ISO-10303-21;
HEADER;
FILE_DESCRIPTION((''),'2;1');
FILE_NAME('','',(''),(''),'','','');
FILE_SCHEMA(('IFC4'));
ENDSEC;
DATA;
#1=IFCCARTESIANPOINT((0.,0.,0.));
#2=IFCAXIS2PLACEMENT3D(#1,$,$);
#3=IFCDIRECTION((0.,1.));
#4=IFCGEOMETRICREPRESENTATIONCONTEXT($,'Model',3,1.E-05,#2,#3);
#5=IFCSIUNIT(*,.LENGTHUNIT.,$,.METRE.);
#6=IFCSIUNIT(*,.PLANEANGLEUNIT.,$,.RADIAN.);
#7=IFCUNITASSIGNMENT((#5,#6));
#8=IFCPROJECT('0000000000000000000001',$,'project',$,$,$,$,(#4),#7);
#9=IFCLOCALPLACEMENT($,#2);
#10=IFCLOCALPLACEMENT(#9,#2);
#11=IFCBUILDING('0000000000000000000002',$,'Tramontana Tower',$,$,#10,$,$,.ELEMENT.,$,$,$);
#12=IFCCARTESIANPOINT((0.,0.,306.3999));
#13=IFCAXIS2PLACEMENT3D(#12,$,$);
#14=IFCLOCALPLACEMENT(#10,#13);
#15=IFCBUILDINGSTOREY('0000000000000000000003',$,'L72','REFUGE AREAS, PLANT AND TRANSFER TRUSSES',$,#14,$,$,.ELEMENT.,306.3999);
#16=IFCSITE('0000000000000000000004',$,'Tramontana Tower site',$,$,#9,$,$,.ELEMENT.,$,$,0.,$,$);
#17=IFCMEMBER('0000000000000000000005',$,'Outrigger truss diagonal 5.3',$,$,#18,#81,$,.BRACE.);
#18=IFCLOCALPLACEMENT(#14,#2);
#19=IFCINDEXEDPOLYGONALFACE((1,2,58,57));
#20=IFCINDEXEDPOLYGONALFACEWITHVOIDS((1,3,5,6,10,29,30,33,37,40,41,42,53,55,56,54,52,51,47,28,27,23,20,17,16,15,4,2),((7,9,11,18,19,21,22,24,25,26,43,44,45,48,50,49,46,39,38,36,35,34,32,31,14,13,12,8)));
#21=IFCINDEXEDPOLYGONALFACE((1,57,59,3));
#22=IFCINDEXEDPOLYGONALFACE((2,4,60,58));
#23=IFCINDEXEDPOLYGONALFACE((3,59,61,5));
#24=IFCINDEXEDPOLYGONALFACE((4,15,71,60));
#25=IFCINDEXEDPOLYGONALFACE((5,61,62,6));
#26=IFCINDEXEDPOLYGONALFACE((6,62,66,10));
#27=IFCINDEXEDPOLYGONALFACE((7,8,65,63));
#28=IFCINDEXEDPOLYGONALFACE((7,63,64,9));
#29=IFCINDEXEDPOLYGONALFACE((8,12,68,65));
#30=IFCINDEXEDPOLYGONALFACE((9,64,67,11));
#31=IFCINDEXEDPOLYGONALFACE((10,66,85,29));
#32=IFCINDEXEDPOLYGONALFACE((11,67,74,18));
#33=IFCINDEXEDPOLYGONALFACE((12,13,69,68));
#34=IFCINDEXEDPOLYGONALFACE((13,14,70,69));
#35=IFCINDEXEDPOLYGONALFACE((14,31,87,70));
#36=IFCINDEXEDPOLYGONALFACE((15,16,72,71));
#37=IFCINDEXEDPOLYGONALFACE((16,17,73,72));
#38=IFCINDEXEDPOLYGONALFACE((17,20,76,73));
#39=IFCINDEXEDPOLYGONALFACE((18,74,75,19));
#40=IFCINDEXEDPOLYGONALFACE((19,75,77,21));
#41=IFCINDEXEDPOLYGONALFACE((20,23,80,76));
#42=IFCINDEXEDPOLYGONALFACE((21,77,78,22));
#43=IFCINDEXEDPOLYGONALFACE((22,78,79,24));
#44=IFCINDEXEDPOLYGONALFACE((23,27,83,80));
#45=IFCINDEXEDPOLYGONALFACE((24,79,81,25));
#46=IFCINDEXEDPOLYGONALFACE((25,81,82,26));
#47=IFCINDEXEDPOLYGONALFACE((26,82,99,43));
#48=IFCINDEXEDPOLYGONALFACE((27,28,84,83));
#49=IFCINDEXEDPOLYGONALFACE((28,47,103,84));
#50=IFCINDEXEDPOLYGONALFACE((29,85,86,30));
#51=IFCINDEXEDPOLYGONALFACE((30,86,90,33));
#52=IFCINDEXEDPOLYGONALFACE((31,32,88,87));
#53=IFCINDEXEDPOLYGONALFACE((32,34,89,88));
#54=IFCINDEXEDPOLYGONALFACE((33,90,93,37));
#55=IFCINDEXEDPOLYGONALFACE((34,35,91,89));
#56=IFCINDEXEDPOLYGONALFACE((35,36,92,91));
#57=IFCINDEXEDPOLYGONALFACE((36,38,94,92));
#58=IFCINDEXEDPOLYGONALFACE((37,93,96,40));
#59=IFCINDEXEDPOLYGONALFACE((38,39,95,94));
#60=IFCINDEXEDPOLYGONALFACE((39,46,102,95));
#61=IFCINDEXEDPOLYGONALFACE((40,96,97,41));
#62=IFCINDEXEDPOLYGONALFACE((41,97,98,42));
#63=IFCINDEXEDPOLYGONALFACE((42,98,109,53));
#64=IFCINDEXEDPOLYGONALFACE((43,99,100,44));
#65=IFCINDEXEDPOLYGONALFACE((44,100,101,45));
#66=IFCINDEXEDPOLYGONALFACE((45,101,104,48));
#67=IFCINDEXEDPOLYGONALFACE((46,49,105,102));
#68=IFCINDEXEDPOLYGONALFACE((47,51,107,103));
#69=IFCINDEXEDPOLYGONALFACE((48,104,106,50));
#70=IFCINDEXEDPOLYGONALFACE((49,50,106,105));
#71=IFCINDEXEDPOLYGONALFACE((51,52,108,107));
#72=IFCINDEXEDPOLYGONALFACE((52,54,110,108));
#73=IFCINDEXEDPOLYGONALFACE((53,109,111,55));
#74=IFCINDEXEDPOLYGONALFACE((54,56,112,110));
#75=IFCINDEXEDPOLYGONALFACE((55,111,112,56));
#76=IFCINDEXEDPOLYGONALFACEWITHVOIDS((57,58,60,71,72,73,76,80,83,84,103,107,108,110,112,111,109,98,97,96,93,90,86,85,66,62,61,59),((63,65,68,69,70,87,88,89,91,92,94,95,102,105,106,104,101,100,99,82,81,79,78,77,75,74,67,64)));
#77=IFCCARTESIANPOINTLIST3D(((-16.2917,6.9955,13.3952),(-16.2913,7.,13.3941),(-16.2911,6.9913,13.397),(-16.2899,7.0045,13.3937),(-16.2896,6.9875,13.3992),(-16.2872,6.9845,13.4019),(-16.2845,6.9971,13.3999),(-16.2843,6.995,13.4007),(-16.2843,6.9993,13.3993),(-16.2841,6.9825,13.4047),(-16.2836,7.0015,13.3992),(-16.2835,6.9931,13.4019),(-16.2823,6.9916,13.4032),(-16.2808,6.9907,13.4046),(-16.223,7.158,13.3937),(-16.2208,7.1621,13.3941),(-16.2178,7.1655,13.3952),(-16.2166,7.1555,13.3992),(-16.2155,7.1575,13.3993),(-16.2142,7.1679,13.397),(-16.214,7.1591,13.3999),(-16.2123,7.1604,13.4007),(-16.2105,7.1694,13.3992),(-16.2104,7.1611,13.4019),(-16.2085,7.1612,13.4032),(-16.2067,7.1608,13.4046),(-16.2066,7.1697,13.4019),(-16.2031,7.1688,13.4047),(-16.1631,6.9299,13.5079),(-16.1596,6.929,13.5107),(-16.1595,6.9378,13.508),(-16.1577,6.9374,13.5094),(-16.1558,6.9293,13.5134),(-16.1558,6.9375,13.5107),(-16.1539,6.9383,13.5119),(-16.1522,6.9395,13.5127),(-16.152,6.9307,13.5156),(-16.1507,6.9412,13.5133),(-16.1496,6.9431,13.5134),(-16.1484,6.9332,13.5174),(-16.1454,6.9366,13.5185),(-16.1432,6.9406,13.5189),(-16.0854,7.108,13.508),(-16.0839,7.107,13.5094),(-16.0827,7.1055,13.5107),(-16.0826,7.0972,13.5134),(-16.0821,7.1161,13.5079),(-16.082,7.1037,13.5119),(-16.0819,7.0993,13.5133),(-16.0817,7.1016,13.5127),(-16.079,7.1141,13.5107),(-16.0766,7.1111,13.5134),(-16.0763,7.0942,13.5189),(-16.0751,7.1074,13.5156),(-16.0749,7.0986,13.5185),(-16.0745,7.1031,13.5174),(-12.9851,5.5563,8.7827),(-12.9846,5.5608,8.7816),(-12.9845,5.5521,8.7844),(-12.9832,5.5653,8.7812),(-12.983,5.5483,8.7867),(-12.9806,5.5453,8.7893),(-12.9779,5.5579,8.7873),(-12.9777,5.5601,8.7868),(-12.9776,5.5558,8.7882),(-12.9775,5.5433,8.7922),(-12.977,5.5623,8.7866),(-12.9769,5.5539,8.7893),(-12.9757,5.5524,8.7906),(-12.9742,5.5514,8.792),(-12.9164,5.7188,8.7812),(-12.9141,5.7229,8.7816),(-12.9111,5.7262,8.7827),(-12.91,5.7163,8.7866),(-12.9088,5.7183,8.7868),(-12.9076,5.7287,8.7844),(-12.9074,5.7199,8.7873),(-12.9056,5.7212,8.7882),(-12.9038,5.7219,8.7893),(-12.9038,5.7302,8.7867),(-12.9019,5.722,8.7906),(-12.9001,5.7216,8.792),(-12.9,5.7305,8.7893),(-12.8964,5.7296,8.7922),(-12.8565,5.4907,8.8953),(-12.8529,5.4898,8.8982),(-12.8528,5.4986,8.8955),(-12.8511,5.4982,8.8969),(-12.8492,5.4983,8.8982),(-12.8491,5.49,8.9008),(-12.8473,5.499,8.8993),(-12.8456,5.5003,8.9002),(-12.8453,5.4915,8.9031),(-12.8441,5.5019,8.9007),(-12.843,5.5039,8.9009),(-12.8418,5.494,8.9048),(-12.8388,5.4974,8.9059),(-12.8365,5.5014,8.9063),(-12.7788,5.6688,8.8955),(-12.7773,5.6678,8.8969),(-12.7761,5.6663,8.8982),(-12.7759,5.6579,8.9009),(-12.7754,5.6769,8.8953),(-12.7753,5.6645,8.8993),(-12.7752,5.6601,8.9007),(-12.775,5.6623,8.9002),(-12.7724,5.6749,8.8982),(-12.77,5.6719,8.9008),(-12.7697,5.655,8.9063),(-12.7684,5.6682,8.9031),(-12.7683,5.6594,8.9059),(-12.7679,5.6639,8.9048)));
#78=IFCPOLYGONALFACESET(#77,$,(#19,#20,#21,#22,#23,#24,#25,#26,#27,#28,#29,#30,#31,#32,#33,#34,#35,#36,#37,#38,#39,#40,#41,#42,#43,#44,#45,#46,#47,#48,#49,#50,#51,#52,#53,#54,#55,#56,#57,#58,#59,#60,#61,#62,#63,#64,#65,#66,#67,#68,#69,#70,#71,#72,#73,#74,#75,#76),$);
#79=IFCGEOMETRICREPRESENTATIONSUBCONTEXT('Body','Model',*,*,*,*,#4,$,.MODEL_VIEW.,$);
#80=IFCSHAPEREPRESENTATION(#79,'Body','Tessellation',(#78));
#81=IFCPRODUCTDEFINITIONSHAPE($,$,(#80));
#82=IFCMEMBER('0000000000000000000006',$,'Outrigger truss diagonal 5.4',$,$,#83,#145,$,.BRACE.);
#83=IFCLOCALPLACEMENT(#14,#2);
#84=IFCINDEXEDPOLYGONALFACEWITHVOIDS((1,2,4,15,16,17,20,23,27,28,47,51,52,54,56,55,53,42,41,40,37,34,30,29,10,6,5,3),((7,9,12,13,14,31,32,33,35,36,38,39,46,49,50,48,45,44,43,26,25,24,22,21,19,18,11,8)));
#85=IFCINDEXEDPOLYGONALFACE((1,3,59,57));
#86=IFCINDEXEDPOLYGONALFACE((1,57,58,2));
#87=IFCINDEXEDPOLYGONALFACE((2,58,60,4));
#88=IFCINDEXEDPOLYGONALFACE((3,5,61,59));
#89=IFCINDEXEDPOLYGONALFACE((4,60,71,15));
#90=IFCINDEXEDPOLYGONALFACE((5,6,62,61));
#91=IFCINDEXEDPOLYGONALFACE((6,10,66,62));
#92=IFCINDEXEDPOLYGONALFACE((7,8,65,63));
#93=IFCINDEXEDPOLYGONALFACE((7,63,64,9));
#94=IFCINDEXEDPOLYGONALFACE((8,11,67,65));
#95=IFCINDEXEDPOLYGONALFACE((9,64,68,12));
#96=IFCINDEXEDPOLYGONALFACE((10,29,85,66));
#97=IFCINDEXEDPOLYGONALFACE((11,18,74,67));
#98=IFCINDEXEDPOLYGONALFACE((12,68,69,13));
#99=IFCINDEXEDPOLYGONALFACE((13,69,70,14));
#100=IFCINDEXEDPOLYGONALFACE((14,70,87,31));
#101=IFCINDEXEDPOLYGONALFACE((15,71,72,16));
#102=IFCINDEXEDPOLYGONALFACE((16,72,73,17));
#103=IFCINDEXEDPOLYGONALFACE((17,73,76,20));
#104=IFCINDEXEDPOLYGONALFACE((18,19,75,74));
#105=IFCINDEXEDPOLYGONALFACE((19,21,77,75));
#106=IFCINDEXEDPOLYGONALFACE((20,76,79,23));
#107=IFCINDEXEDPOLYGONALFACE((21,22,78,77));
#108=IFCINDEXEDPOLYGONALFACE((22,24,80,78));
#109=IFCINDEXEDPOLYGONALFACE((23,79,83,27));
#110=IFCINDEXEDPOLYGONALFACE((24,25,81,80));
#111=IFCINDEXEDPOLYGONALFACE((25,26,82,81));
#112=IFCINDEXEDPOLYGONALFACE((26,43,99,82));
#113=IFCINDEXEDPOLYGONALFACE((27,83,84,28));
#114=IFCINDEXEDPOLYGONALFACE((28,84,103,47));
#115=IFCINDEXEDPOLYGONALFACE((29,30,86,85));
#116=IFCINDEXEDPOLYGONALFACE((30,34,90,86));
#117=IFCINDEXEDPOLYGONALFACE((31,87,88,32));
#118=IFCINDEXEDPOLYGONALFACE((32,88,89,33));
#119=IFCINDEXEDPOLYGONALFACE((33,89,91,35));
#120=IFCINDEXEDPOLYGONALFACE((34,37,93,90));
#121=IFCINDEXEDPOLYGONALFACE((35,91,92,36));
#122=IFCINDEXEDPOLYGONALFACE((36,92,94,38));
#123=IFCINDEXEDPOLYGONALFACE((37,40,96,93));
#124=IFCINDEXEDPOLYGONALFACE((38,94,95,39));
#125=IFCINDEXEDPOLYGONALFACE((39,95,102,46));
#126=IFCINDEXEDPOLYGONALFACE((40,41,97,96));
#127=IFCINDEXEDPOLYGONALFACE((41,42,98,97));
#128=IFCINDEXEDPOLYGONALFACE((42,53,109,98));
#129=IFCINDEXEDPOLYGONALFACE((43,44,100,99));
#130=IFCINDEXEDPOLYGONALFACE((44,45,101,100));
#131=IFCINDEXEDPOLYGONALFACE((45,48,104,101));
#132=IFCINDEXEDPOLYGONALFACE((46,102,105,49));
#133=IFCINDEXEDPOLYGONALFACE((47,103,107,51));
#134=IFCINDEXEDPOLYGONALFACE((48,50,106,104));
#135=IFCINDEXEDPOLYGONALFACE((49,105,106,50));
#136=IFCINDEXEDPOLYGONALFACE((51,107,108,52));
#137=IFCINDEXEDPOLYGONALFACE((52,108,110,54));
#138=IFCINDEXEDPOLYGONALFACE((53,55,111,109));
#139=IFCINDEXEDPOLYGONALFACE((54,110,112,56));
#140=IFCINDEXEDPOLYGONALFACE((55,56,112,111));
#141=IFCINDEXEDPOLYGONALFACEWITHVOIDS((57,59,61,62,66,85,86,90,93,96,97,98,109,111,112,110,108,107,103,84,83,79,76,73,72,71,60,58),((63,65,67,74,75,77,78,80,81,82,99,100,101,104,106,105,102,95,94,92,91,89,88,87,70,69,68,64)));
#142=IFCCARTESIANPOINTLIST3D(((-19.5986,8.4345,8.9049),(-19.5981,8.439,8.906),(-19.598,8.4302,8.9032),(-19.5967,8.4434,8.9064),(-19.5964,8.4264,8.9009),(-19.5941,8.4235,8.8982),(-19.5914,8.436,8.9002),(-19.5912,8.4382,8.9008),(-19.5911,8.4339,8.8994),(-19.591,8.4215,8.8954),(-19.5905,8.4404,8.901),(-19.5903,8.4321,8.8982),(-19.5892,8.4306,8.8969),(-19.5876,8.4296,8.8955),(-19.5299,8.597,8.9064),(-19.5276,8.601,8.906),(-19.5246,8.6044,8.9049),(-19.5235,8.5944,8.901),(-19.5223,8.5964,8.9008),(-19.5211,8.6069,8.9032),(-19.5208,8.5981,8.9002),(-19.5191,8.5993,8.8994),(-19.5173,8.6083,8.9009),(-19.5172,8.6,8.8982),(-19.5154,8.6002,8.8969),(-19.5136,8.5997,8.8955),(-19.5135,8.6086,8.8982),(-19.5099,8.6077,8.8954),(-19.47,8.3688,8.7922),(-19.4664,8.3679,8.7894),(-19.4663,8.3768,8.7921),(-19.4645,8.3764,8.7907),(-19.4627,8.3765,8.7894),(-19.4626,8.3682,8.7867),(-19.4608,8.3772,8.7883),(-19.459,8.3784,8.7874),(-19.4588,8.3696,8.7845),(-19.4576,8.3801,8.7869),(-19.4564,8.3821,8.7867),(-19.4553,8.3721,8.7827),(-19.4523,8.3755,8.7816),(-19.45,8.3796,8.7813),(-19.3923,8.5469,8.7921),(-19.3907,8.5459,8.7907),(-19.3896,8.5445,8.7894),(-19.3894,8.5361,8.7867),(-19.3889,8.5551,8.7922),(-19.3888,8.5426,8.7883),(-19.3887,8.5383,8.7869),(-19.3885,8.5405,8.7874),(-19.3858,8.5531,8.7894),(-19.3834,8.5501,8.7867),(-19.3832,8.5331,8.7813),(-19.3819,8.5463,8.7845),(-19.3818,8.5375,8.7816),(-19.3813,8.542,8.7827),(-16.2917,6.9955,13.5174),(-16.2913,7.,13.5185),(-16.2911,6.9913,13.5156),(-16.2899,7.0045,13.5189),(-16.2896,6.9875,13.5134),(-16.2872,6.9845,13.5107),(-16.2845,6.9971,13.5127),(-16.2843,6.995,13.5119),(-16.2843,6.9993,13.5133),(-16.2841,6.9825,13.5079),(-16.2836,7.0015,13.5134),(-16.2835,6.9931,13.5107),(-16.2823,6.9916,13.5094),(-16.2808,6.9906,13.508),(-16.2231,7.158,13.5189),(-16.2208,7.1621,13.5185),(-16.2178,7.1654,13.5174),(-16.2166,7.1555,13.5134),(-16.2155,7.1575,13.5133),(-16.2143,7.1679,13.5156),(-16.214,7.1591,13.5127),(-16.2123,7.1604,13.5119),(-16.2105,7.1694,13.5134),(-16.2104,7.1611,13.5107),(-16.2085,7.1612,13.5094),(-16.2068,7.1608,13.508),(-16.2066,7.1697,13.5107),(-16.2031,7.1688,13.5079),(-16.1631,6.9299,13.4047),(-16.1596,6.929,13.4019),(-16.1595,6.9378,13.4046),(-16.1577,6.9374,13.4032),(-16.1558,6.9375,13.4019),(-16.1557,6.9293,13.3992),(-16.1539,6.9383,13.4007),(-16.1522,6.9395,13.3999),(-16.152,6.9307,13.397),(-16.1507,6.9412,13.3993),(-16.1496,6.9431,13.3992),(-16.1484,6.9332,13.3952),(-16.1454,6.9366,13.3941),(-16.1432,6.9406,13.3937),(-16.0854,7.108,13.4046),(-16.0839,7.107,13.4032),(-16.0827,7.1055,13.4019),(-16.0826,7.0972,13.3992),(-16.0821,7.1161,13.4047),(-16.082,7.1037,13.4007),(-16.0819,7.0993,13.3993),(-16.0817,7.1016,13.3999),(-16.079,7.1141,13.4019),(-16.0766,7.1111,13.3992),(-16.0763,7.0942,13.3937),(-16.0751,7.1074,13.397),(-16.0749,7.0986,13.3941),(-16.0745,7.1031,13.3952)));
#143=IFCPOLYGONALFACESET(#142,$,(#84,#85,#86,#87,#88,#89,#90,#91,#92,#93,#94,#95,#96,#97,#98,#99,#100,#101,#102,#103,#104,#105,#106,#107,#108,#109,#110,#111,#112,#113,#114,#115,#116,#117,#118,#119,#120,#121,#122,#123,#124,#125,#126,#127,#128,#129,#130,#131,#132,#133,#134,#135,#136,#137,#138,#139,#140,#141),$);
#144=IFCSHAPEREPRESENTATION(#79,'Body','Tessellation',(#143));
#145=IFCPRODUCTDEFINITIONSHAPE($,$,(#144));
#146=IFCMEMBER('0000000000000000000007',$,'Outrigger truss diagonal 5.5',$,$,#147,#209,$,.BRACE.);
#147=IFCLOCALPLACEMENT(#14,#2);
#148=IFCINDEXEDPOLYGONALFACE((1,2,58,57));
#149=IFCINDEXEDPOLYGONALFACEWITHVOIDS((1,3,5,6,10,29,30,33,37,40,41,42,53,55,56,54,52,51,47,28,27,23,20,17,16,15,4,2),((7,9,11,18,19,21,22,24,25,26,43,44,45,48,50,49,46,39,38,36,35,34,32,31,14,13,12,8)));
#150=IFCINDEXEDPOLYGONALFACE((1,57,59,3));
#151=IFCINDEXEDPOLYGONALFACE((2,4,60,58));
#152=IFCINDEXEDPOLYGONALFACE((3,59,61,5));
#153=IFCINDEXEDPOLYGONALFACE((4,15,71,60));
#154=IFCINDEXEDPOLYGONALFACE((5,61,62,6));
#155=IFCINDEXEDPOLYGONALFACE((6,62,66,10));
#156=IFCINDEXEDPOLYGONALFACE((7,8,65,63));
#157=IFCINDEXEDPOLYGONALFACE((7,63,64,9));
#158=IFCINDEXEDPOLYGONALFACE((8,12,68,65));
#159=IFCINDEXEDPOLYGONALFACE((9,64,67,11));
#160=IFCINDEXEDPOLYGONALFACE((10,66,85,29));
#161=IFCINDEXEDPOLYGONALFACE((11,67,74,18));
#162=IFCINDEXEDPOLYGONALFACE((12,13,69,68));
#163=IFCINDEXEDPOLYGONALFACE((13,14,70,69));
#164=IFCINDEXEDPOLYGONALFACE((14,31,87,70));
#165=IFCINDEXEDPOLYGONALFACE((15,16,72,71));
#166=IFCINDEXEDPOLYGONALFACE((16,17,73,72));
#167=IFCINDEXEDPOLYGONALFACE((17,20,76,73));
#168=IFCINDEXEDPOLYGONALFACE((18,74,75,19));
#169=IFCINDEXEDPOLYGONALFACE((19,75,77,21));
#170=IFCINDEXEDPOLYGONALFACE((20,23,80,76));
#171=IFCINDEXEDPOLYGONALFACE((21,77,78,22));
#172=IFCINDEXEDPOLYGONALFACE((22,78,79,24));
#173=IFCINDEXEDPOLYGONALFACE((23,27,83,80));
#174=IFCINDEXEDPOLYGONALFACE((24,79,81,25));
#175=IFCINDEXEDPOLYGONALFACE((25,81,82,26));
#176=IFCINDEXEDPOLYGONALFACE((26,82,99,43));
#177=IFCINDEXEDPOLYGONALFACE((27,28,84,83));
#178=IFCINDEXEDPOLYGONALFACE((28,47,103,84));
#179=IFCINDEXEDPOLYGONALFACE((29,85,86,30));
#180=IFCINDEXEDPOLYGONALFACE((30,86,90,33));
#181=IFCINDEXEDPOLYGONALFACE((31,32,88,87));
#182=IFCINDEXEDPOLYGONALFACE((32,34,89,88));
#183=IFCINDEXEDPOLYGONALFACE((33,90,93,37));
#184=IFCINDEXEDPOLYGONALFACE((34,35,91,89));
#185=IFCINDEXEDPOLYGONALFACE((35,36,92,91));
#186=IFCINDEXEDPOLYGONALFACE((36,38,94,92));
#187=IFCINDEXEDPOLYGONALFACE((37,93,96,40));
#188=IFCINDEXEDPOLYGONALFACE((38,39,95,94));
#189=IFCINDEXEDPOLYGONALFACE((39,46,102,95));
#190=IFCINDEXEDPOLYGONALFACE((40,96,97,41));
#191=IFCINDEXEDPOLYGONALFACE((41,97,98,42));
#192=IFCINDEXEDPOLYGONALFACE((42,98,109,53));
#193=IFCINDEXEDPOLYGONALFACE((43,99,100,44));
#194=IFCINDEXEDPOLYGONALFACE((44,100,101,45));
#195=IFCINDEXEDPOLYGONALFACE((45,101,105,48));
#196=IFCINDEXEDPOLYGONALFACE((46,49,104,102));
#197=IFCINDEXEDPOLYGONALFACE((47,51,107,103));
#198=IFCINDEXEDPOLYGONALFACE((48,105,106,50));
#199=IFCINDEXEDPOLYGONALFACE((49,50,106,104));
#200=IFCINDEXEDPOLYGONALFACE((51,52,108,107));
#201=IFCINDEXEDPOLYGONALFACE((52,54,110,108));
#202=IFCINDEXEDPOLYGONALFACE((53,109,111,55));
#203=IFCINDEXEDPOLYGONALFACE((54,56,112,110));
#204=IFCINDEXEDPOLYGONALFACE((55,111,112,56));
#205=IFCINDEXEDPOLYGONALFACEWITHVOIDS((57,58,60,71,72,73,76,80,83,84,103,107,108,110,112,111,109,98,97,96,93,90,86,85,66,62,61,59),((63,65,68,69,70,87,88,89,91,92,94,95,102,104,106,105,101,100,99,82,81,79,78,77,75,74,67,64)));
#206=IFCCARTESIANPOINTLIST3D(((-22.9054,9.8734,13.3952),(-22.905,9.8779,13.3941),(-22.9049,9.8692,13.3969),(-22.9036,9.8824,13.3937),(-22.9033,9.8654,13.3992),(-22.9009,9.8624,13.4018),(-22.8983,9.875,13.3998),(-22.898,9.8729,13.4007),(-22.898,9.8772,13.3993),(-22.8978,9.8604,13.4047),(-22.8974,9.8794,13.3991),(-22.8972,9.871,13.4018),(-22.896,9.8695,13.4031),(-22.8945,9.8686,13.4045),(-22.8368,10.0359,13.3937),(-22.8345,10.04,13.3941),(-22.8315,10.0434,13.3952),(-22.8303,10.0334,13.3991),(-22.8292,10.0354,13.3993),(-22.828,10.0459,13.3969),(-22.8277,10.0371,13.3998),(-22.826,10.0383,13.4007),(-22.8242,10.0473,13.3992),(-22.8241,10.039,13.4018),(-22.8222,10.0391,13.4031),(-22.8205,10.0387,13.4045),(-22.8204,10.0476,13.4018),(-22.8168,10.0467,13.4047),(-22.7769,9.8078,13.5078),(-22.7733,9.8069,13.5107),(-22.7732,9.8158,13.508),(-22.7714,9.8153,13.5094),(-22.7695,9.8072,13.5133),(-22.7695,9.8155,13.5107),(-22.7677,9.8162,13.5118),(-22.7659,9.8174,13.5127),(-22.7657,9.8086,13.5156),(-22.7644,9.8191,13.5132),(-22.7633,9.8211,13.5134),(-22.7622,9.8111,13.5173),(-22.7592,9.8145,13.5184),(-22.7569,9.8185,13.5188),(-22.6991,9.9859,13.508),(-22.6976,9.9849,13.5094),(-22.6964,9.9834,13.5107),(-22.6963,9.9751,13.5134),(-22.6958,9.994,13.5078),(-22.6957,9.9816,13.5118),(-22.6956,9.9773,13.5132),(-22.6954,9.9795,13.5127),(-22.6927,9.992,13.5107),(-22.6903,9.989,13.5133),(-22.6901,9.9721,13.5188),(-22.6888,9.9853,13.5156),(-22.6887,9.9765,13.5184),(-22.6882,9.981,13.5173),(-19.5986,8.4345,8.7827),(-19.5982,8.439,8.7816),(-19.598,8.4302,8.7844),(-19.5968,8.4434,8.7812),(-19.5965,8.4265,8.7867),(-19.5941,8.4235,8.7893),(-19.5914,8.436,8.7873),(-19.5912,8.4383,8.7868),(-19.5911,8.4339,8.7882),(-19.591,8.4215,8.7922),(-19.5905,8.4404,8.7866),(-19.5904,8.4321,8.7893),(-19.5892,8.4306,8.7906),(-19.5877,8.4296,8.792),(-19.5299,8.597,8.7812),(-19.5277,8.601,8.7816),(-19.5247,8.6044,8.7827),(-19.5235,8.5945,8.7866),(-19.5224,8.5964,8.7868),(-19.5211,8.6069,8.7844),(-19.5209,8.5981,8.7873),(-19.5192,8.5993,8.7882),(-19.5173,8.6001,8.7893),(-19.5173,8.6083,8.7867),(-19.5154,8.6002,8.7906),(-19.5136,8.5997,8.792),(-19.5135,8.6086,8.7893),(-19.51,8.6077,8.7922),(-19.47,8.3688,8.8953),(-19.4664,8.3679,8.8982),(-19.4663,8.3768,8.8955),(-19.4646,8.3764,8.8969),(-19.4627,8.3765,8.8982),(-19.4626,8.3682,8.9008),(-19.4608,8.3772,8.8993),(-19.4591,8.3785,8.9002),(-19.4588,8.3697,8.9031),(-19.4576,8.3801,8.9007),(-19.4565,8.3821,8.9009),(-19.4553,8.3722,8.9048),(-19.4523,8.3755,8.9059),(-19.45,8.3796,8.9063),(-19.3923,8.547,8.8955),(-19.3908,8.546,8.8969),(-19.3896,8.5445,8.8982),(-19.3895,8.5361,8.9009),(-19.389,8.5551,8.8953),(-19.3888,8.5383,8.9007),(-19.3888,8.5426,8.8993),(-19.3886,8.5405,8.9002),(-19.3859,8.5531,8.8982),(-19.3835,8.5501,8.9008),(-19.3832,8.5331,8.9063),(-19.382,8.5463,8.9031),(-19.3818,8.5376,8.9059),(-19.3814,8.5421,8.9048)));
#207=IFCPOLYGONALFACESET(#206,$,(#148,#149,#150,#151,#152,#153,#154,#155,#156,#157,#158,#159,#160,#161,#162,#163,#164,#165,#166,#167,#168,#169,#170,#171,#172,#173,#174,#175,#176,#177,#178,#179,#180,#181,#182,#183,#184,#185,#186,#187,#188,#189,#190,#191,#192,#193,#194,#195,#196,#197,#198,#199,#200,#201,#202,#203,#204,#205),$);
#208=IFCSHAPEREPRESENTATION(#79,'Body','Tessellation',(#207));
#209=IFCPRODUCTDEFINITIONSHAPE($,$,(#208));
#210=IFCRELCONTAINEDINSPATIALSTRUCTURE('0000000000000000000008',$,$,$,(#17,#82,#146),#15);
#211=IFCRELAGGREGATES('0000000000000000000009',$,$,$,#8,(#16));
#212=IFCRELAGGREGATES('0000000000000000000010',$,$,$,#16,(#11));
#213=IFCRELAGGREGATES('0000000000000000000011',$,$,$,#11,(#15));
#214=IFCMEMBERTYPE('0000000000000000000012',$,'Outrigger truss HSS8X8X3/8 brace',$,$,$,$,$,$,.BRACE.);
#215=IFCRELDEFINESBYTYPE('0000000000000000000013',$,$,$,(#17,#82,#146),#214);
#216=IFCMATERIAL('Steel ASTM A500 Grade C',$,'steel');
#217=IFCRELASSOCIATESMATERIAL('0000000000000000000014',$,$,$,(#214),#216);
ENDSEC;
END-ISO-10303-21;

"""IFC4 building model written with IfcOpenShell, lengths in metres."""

from ifc_helpers import new_model, si_unit, direction, frame, origin, origin_2d, place, context, subcontext, project, spatial, hollow_rectangle, extrude, material, material_profile, profile_set, type_object, element, save


model = new_model("IFC4")

# Units and contexts
model_context = context("Model", 3, precision=1e-05, world=origin(), true_north=direction((0.0, 1.0)))
body_context = subcontext(model_context, "Body", "Model", "MODEL_VIEW")
ifc_project = project(units=[si_unit("LENGTHUNIT", "METRE"), si_unit("PLANEANGLEUNIT", "RADIAN")], contexts=[model_context])

# Site, building, storey
site_placement = place(None, origin())
site = spatial("IfcSite", under=ifc_project, at=site_placement, Name="Tramontana Tower site", CompositionType="ELEMENT", RefElevation=0.0)
building_placement = place(site_placement, origin())
building = spatial("IfcBuilding", under=site, at=building_placement, Name="Tramontana Tower", CompositionType="ELEMENT")
storey_placement = place(building_placement, frame((0.0, 0.0, 306.3999)))
storey = spatial("IfcBuildingStorey", under=building, at=storey_placement, Name="L72", Description="REFUGE AREAS, PLANT AND TRANSFER TRUSSES", CompositionType="ELEMENT", Elevation=306.3999)

# Members
ifc_material_1 = material(Name="Steel ASTM A500 Grade C", Category="steel")
ifc_material_profile_1 = material_profile(ifc_material_1, hollow_rectangle(XDim=0.2031, YDim=0.2031, WallThickness=0.0088, InnerFilletRadius=0.0088, OuterFilletRadius=0.0178, at=origin_2d()), Name="HSS8X8X3/8")
ifc_profile_set_1 = profile_set([ifc_material_profile_1], Name="Steel ASTM A500 Grade C")
member_type_1 = type_object("IfcMemberType", Name="Outrigger truss HSS8X8X3/8 brace", PredefinedType="BRACE", material=ifc_profile_set_1)
for number, where, z_axis, x_axis, name in (
    (1, (-12.8765, 5.6101, 8.8438), (-0.564757, 0.245809, 0.787799), (-0.399085, -0.916914, 0.0), "Outrigger truss diagonal 5.3"),
    (2, (-16.1831, 7.0493, 13.4563), (-0.564791, 0.245764, -0.787789), (-0.399003, -0.916949, 0.0), "Outrigger truss diagonal 5.4"),
    (3, (-19.49, 8.4883, 8.8438), (-0.564791, 0.245764, 0.787789), (-0.399003, -0.916949, 0.0), "Outrigger truss diagonal 5.5"),
):
    element("IfcMember", number, at=place(storey_placement, frame(where, z_axis=z_axis, x_axis=x_axis)), inside=storey, type_object=member_type_1, Name=name, PredefinedType="BRACE", context=body_context, shape_type="SweptSolid", body=[
        extrude(hollow_rectangle(XDim=0.2031, YDim=0.2031, WallThickness=0.0088, InnerFilletRadius=0.0088, OuterFilletRadius=0.0178, at=origin_2d()), origin(), (0.0, 0.0, 1.0), 5.855),
    ])

save(model, "model.ifc")
